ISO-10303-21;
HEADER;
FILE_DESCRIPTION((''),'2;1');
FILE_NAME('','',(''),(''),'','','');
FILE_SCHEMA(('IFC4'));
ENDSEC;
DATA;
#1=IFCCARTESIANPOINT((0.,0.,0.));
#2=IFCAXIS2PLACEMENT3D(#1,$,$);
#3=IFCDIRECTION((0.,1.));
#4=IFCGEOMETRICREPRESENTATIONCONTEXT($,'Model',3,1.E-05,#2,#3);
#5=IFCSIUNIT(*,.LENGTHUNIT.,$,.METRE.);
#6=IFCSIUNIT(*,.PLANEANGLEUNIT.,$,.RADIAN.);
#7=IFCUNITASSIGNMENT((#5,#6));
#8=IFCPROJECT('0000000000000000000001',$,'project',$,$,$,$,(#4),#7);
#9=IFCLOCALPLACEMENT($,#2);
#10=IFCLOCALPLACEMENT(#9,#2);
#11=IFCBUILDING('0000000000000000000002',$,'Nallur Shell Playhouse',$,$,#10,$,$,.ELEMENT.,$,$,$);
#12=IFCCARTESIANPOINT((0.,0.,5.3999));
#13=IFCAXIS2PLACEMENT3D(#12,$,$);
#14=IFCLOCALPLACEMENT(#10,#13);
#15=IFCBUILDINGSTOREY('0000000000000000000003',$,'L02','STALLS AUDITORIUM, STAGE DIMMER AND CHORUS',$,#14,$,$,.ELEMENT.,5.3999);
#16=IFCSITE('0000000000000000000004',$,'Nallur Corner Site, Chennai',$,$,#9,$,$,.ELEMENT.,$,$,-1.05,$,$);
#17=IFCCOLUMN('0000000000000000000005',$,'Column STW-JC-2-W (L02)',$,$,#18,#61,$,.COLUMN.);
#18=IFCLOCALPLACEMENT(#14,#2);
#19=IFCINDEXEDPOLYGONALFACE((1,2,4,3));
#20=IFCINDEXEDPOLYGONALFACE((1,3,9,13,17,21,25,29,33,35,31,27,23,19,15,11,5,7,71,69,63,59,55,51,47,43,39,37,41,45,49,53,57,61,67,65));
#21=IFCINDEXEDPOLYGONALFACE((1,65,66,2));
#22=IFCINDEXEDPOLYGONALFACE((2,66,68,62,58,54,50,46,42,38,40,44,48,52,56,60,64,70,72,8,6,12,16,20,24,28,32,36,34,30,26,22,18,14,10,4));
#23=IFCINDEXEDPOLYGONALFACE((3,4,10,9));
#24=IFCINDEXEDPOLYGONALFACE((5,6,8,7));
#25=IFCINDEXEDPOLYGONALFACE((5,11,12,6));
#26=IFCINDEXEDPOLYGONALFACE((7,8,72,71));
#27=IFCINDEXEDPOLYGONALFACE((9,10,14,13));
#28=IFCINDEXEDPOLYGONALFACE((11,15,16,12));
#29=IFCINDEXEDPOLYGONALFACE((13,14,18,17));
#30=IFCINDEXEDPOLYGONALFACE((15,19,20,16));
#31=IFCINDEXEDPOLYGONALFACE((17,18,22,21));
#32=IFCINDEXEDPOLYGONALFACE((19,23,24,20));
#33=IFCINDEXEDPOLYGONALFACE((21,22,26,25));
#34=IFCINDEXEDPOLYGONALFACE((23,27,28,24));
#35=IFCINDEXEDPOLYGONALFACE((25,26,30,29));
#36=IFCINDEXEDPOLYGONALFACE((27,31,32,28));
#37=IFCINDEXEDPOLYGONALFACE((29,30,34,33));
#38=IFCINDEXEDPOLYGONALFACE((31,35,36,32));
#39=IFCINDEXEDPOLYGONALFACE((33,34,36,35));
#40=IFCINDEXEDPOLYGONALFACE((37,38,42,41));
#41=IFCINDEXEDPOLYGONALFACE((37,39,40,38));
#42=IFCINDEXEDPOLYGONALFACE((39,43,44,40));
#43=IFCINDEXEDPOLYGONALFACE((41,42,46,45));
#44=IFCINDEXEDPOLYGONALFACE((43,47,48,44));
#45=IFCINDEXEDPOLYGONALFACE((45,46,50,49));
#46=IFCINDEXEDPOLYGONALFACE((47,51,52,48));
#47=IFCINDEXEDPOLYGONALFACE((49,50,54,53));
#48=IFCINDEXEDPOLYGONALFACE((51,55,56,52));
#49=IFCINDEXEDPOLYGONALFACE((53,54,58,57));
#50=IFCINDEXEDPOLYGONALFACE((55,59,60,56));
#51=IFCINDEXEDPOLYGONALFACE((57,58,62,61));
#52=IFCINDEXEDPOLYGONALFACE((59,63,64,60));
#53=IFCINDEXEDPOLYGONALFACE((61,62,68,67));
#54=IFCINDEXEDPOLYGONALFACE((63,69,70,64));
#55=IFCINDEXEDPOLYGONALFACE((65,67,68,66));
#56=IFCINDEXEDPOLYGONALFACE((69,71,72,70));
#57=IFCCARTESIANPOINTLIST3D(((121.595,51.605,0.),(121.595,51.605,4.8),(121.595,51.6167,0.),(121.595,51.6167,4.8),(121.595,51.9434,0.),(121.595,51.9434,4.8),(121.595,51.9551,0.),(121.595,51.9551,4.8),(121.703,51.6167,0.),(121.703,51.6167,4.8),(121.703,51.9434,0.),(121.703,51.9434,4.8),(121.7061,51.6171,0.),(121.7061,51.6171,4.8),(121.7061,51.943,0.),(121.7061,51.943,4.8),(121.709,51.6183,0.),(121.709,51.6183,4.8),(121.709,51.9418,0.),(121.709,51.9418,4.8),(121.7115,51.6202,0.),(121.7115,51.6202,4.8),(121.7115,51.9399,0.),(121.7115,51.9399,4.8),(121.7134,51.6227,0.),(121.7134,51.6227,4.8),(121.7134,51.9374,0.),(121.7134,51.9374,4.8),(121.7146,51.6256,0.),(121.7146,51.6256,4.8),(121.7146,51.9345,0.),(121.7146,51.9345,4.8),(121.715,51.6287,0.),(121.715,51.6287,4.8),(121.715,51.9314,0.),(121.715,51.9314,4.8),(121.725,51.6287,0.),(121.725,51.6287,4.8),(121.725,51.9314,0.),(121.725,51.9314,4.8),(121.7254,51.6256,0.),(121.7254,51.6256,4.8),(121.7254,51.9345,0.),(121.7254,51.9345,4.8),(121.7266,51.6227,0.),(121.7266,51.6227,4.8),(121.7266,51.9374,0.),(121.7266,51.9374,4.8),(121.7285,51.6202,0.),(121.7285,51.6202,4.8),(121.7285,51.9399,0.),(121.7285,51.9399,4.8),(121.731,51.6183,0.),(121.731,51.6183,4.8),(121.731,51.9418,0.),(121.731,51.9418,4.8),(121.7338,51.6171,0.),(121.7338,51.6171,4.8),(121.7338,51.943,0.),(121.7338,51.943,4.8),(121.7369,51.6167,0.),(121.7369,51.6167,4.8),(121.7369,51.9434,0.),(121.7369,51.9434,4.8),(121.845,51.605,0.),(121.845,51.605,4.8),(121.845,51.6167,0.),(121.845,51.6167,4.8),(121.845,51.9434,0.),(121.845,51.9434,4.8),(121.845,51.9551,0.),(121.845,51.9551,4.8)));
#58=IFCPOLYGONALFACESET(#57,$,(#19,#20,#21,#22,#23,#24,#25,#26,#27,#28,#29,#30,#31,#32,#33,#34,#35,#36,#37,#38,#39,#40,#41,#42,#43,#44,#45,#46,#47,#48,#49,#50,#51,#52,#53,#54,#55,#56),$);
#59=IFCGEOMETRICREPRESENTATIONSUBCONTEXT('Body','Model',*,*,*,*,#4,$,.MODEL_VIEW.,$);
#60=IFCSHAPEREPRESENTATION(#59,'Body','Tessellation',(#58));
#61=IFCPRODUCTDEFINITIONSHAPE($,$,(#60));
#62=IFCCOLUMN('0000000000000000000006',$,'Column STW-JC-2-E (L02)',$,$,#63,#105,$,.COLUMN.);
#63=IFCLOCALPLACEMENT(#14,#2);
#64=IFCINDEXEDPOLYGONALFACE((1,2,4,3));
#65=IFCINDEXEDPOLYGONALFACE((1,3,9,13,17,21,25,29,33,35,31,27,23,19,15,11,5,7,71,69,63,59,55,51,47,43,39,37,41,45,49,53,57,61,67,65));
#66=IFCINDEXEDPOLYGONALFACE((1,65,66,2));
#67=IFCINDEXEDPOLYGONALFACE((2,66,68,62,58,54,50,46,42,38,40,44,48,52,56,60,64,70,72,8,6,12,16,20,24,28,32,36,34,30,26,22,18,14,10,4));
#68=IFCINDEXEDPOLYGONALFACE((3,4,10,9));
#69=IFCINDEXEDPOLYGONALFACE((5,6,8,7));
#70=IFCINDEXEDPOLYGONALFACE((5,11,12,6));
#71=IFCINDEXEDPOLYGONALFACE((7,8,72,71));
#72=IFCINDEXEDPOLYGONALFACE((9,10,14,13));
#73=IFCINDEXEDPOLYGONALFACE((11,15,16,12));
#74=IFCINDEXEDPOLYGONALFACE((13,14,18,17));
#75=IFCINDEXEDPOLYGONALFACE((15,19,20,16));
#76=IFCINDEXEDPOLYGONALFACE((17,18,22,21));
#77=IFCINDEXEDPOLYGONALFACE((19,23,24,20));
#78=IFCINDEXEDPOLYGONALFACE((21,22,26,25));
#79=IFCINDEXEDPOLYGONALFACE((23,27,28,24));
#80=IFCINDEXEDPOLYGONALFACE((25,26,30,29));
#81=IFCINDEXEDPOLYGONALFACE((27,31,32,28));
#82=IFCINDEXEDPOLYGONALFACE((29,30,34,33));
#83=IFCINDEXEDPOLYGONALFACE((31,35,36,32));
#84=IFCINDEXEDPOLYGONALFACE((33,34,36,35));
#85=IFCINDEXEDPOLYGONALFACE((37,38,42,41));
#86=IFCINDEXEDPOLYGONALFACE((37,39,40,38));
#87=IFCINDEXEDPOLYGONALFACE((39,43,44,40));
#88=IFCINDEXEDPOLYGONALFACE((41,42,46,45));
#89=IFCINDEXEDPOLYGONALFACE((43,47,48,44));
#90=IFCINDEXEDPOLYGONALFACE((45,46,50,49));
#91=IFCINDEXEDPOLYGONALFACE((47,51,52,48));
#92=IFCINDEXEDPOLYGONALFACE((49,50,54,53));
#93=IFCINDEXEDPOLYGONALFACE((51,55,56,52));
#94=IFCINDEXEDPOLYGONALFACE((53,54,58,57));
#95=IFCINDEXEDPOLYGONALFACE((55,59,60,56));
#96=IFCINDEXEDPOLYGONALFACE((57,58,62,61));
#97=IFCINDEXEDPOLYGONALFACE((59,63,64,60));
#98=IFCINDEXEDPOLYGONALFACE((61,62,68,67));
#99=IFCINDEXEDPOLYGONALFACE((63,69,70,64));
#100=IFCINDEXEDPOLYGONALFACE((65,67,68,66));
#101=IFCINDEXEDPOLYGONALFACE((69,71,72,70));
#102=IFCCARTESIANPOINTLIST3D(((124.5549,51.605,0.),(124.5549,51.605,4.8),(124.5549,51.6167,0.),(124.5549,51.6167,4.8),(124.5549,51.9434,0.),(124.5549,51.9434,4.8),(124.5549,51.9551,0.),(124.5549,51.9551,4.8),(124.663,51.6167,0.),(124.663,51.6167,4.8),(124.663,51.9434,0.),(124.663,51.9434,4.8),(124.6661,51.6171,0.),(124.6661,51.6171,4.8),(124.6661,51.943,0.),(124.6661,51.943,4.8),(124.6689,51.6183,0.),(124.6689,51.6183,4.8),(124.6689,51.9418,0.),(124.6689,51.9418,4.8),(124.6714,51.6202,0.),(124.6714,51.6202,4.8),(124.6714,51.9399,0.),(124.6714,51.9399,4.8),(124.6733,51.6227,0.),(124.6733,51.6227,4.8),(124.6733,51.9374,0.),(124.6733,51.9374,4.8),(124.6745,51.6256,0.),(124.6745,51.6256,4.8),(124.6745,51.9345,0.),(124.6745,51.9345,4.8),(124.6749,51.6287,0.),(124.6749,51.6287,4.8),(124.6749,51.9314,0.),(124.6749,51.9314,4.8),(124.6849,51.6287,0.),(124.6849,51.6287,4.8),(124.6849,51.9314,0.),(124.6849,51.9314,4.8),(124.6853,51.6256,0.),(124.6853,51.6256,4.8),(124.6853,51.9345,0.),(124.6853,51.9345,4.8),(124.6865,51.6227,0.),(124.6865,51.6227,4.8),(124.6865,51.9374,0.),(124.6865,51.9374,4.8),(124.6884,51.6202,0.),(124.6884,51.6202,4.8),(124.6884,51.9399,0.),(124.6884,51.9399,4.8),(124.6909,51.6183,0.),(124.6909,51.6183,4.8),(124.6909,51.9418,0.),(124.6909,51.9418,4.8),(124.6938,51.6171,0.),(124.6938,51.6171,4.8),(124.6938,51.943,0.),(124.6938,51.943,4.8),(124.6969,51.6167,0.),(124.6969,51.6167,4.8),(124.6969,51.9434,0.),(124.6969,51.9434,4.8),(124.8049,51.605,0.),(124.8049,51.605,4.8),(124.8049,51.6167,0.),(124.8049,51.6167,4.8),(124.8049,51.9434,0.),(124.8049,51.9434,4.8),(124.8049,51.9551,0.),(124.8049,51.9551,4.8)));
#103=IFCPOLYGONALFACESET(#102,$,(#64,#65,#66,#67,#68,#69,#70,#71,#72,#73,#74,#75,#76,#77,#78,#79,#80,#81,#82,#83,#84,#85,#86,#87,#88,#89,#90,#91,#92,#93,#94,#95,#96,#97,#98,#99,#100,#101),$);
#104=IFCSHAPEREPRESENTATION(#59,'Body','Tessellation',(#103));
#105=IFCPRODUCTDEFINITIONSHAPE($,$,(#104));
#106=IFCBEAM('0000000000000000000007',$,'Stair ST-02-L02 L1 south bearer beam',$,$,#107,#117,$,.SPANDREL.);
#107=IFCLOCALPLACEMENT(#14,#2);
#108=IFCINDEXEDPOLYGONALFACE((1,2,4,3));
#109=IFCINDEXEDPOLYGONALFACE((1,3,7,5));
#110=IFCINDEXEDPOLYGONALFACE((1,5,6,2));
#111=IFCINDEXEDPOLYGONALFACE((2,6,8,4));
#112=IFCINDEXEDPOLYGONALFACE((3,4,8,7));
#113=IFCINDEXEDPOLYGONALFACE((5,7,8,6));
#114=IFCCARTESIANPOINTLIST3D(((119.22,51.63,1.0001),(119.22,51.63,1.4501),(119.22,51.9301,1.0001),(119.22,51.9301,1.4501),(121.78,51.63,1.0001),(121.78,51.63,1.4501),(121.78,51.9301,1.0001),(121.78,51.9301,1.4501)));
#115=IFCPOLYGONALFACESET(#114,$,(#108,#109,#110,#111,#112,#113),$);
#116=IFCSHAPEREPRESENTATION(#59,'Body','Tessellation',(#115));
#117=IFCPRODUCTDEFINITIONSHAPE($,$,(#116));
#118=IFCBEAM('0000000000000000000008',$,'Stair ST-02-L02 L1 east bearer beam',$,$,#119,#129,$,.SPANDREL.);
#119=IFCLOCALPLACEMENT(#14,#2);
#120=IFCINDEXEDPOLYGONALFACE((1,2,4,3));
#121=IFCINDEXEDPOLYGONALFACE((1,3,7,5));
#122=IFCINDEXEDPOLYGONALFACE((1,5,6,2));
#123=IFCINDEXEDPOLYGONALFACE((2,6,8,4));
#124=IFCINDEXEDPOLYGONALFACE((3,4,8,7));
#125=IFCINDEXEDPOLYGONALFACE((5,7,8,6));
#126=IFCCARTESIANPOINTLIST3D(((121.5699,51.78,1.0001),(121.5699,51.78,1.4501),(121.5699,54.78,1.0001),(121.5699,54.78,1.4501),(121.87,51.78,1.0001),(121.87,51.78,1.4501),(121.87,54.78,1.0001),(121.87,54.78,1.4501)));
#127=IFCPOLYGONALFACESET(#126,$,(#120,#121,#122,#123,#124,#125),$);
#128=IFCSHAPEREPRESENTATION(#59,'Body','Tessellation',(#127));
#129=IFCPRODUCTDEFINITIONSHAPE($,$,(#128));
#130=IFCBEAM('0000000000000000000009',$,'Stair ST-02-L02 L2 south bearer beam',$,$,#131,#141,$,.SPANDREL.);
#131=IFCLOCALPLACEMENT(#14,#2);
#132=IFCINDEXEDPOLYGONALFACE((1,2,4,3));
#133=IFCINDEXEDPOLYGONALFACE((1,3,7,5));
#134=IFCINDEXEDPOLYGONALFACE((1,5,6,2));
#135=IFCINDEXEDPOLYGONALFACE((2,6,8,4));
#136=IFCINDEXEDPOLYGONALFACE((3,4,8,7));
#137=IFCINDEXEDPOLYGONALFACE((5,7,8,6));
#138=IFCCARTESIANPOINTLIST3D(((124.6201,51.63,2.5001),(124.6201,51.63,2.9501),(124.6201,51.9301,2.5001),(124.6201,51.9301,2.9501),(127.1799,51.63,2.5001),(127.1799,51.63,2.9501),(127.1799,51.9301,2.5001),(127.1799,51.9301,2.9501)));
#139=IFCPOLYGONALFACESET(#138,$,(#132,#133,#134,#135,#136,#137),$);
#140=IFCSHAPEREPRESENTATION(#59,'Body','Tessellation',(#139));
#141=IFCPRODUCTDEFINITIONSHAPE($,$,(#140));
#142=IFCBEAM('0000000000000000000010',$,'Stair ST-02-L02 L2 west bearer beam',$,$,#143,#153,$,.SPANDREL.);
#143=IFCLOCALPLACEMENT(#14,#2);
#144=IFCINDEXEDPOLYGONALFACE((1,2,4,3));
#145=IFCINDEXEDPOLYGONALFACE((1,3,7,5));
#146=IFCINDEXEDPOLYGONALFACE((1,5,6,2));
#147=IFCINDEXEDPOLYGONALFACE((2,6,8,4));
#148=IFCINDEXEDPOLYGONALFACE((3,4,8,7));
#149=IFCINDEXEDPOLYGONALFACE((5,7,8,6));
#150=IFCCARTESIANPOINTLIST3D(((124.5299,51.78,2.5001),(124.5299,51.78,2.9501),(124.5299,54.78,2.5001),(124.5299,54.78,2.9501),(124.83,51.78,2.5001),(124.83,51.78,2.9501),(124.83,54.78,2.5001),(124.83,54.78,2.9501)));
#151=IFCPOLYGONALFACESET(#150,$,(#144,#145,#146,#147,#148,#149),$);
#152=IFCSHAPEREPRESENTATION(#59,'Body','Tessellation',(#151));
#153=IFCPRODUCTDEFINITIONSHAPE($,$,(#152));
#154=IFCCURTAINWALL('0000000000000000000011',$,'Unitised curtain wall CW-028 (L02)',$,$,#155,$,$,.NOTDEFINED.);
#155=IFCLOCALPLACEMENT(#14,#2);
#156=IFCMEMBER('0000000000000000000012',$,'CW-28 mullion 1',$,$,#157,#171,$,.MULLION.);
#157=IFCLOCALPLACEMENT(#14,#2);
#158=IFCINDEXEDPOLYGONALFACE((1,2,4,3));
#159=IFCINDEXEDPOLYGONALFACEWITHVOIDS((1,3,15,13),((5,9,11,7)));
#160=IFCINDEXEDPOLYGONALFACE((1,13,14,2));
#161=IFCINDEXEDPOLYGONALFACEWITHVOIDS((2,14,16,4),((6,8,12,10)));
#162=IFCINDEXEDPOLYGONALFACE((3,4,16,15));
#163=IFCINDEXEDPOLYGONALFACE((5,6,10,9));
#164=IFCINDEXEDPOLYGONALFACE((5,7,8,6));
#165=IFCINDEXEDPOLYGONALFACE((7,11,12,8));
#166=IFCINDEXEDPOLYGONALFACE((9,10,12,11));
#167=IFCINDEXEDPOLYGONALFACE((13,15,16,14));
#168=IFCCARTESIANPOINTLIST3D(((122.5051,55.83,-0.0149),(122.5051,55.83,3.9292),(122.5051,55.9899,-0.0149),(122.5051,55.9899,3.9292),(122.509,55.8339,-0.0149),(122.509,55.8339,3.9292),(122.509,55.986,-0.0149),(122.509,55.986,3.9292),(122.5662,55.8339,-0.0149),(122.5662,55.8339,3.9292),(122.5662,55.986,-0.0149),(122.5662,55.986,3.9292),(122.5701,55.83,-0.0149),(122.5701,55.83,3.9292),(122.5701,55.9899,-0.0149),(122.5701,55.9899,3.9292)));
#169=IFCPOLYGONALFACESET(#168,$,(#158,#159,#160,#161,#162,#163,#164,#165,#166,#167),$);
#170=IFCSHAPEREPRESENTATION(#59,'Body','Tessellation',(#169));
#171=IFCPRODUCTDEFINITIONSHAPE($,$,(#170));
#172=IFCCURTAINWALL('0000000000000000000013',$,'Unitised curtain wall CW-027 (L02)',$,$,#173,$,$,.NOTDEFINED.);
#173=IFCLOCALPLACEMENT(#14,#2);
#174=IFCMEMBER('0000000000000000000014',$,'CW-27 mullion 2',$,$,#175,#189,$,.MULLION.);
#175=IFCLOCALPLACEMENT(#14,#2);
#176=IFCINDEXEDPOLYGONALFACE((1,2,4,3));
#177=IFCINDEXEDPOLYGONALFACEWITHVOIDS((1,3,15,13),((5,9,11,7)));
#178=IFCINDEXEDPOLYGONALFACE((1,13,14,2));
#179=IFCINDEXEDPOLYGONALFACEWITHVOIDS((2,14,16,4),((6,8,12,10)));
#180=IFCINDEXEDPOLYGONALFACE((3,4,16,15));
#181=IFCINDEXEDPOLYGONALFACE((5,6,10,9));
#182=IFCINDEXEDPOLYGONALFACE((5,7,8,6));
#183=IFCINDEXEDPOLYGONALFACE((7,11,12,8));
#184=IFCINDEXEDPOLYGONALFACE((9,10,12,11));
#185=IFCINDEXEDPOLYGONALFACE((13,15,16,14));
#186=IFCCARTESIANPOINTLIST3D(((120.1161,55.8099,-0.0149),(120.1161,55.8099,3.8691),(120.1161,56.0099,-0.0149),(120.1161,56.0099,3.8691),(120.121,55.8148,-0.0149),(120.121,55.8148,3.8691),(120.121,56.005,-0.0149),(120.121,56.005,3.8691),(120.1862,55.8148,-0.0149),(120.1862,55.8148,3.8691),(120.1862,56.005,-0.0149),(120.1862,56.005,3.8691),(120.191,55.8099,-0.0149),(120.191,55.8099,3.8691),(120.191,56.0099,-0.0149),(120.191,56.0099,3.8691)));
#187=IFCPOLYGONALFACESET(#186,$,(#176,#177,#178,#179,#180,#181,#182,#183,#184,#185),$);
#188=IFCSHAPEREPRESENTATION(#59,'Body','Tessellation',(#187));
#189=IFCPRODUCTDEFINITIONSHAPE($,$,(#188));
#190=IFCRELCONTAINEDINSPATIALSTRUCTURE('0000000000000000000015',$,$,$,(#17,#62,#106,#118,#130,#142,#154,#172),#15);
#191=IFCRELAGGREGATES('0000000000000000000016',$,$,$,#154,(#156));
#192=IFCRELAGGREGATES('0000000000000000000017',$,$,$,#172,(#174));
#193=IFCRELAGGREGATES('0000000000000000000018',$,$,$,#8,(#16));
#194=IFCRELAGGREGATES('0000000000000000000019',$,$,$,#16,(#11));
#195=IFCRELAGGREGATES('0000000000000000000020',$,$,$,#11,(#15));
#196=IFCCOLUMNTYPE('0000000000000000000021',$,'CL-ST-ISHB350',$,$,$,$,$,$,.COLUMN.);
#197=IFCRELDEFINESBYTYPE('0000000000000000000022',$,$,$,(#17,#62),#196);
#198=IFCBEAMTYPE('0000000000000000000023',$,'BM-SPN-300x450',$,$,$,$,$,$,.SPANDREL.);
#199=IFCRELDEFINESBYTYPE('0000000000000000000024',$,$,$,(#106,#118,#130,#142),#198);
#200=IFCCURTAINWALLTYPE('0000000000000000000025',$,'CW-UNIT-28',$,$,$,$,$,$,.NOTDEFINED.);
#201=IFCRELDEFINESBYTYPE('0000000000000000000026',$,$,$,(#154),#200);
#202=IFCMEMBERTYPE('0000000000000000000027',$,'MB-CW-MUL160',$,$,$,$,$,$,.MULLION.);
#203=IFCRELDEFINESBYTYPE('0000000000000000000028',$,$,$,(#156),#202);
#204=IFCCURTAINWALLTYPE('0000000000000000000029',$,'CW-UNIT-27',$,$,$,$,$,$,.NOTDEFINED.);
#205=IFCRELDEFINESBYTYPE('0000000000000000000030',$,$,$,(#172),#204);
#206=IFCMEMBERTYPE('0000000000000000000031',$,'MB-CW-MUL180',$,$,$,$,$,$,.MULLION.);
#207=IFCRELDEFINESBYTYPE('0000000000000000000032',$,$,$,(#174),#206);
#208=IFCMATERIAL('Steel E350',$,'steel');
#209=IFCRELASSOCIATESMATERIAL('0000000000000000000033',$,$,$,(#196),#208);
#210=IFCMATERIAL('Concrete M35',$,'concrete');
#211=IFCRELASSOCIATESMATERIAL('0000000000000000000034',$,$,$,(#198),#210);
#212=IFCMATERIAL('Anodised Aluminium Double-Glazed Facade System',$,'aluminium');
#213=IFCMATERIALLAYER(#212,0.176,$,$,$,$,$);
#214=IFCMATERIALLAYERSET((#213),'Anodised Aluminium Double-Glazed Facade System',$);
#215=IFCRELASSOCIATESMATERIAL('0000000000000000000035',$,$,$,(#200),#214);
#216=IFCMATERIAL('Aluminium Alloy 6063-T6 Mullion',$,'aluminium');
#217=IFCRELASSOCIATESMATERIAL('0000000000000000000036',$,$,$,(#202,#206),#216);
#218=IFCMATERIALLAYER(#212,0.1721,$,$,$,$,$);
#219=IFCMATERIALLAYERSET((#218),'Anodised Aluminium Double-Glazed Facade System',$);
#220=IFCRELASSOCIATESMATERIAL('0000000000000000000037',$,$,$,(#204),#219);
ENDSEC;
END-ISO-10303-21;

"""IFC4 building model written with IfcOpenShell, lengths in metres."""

from ifc_helpers import new_model, si_unit, direction, frame, origin, origin_2d, place, context, subcontext, project, spatial, rectangle, hollow_rectangle, i_section, extrude, material, layer, layer_set, material_profile, profile_set, type_object, element, aggregate, save


model = new_model("IFC4")

# Units and contexts
model_context = context("Model", 3, precision=1e-05, world=origin(), true_north=direction((0.0, 1.0)))
body_context = subcontext(model_context, "Body", "Model", "MODEL_VIEW")
ifc_project = project(units=[si_unit("LENGTHUNIT", "METRE"), si_unit("PLANEANGLEUNIT", "RADIAN")], contexts=[model_context])

# Site, building, storey
site_placement = place(None, origin())
site = spatial("IfcSite", under=ifc_project, at=site_placement, Name="Nallur Corner Site, Chennai", CompositionType="ELEMENT", RefElevation=-1.05)
building_placement = place(site_placement, origin())
building = spatial("IfcBuilding", under=site, at=building_placement, Name="Nallur Shell Playhouse", CompositionType="ELEMENT")
storey_placement = place(building_placement, frame((0.0, 0.0, 5.3999)))
storey = spatial("IfcBuildingStorey", under=building, at=storey_placement, Name="L02", Description="STALLS AUDITORIUM, STAGE DIMMER AND CHORUS", CompositionType="ELEMENT", Elevation=5.3999)

# Columns
ifc_material_1 = material(Name="Steel E350", Category="steel")
ifc_material_profile_1 = material_profile(ifc_material_1, i_section(OverallWidth=0.25, OverallDepth=0.3501, WebThickness=0.01, FlangeThickness=0.0117, FilletRadius=0.012, at=origin_2d()), Name="ISHB 350")
ifc_profile_set_1 = profile_set([ifc_material_profile_1], Name="Steel E350")
column_type = type_object("IfcColumnType", Name="CL-ST-ISHB350", PredefinedType="COLUMN", material=ifc_profile_set_1)
for number, where, z_axis, x_axis, name in (
    (1, (121.72, 51.78, 0.0), (0.0, 0.0, 1.0), (1.0, 0.0, 0.0), "Column STW-JC-2-W (L02)"),
    (2, (124.6799, 51.78, 0.0), (0.0, 0.0, 1.0), (1.0, 0.0, 0.0), "Column STW-JC-2-E (L02)"),
):
    element("IfcColumn", number, at=place(storey_placement, frame(where, z_axis=z_axis, x_axis=x_axis)), inside=storey, type_object=column_type, Name=name, PredefinedType="COLUMN", context=body_context, shape_type="SweptSolid", body=[
        extrude(i_section(OverallWidth=0.25, OverallDepth=0.3501, WebThickness=0.01, FlangeThickness=0.0117, FilletRadius=0.012, at=origin_2d()), origin(), (0.0, 0.0, 1.0), 4.8),
    ])

# Beams
ifc_material_2 = material(Name="Concrete M35", Category="concrete")
ifc_material_profile_2 = material_profile(ifc_material_2, rectangle(XDim=0.3, YDim=0.45, at=origin_2d()), Name="RC 300x450")
ifc_profile_set_2 = profile_set([ifc_material_profile_2], Name="Concrete M35")
beam_type = type_object("IfcBeamType", Name="BM-SPN-300x450", PredefinedType="SPANDREL", material=ifc_profile_set_2)
beam_1_placement = place(storey_placement, frame((119.22, 51.78, 1.2251), z_axis=(1.0, 0.0, 0.0), x_axis=(0.0, 1.0, 0.0)))
element("IfcBeam", 3, at=beam_1_placement, inside=storey, type_object=beam_type, Name="Stair ST-02-L02 L1 south bearer beam", PredefinedType="SPANDREL", context=body_context, shape_type="SweptSolid", body=[
    extrude(rectangle(XDim=0.3, YDim=0.45, at=origin_2d()), origin(), (0.0, 0.0, 1.0), 2.5601),
])
beam_2_placement = place(storey_placement, frame((121.72, 51.78, 1.2251), z_axis=(0.0, 1.0, 0.0), x_axis=(-1.0, 0.0, 0.0)))
element("IfcBeam", 4, at=beam_2_placement, inside=storey, type_object=beam_type, Name="Stair ST-02-L02 L1 east bearer beam", PredefinedType="SPANDREL", context=body_context, shape_type="SweptSolid", body=[
    extrude(rectangle(XDim=0.3, YDim=0.45, at=origin_2d()), origin(), (0.0, 0.0, 1.0), 3.0),
])
beam_3_placement = place(storey_placement, frame((124.6201, 51.78, 2.7251), z_axis=(1.0, 0.0, 0.0), x_axis=(0.0, 1.0, 0.0)))
element("IfcBeam", 5, at=beam_3_placement, inside=storey, type_object=beam_type, Name="Stair ST-02-L02 L2 south bearer beam", PredefinedType="SPANDREL", context=body_context, shape_type="SweptSolid", body=[
    extrude(rectangle(XDim=0.3, YDim=0.45, at=origin_2d()), origin(), (0.0, 0.0, 1.0), 2.5598),
])
beam_4_placement = place(storey_placement, frame((124.6799, 51.78, 2.7251), z_axis=(0.0, 1.0, 0.0), x_axis=(-1.0, 0.0, 0.0)))
element("IfcBeam", 6, at=beam_4_placement, inside=storey, type_object=beam_type, Name="Stair ST-02-L02 L2 west bearer beam", PredefinedType="SPANDREL", context=body_context, shape_type="SweptSolid", body=[
    extrude(rectangle(XDim=0.3, YDim=0.45, at=origin_2d()), origin(), (0.0, 0.0, 1.0), 3.0),
])

# Curtain wall, member
ifc_material_3 = material(Name="Anodised Aluminium Double-Glazed Facade System", Category="aluminium")
ifc_layer_1 = layer(ifc_material_3, 0.176)
ifc_layer_set_1 = layer_set([ifc_layer_1], Name="Anodised Aluminium Double-Glazed Facade System")
curtain_wall_type_1 = type_object("IfcCurtainWallType", Name="CW-UNIT-28", PredefinedType="NOTDEFINED", material=ifc_layer_set_1)
curtain_wall_1_placement = place(storey_placement, origin())
curtain_wall_1 = element("IfcCurtainWall", 7, at=curtain_wall_1_placement, inside=storey, type_object=curtain_wall_type_1, Name="Unitised curtain wall CW-028 (L02)", PredefinedType="NOTDEFINED")
ifc_material_4 = material(Name="Aluminium Alloy 6063-T6 Mullion", Category="aluminium")
ifc_material_profile_3 = material_profile(ifc_material_4, hollow_rectangle(XDim=0.0649, YDim=0.1599, WallThickness=0.0039, at=origin_2d()), Name="ALU 65x160x4")
ifc_profile_set_3 = profile_set([ifc_material_profile_3], Name="Aluminium Alloy 6063-T6 Mullion")
member_type_1 = type_object("IfcMemberType", Name="MB-CW-MUL160", PredefinedType="MULLION", material=ifc_profile_set_3)
member_1_placement = place(storey_placement, frame((122.5376, 55.9099, -0.0149), z_axis=(0.0, 0.0, 1.0), x_axis=(1.0, 0.0, 0.0)))
member_1 = element("IfcMember", 8, at=member_1_placement, type_object=member_type_1, Name="CW-28 mullion 1", PredefinedType="MULLION", context=body_context, shape_type="SweptSolid", body=[
    extrude(hollow_rectangle(XDim=0.0649, YDim=0.1599, WallThickness=0.0039, at=origin_2d()), origin(), (0.0, 0.0, 1.0), 3.9441),
])

# Curtain wall, member
ifc_layer_2 = layer(ifc_material_3, 0.1721)
ifc_layer_set_2 = layer_set([ifc_layer_2], Name="Anodised Aluminium Double-Glazed Facade System")
curtain_wall_type_2 = type_object("IfcCurtainWallType", Name="CW-UNIT-27", PredefinedType="NOTDEFINED", material=ifc_layer_set_2)
curtain_wall_2_placement = place(storey_placement, origin())
curtain_wall_2 = element("IfcCurtainWall", 9, at=curtain_wall_2_placement, inside=storey, type_object=curtain_wall_type_2, Name="Unitised curtain wall CW-027 (L02)", PredefinedType="NOTDEFINED")
ifc_material_profile_4 = material_profile(ifc_material_4, hollow_rectangle(XDim=0.075, YDim=0.2, WallThickness=0.0049, at=origin_2d()), Name="ALU 75x200x5")
ifc_profile_set_4 = profile_set([ifc_material_profile_4], Name="Aluminium Alloy 6063-T6 Mullion")
member_type_2 = type_object("IfcMemberType", Name="MB-CW-MUL180", PredefinedType="MULLION", material=ifc_profile_set_4)
member_2_placement = place(storey_placement, frame((120.1536, 55.9099, -0.0149), z_axis=(0.0, 0.0, 1.0), x_axis=(1.0, 0.0, 0.0)))
member_2 = element("IfcMember", 10, at=member_2_placement, type_object=member_type_2, Name="CW-27 mullion 2", PredefinedType="MULLION", context=body_context, shape_type="SweptSolid", body=[
    extrude(hollow_rectangle(XDim=0.075, YDim=0.2, WallThickness=0.0049, at=origin_2d()), origin(), (0.0, 0.0, 1.0), 3.884),
])

aggregate(curtain_wall_1, [member_1])

aggregate(curtain_wall_2, [member_2])

save(model, "model.ifc")
